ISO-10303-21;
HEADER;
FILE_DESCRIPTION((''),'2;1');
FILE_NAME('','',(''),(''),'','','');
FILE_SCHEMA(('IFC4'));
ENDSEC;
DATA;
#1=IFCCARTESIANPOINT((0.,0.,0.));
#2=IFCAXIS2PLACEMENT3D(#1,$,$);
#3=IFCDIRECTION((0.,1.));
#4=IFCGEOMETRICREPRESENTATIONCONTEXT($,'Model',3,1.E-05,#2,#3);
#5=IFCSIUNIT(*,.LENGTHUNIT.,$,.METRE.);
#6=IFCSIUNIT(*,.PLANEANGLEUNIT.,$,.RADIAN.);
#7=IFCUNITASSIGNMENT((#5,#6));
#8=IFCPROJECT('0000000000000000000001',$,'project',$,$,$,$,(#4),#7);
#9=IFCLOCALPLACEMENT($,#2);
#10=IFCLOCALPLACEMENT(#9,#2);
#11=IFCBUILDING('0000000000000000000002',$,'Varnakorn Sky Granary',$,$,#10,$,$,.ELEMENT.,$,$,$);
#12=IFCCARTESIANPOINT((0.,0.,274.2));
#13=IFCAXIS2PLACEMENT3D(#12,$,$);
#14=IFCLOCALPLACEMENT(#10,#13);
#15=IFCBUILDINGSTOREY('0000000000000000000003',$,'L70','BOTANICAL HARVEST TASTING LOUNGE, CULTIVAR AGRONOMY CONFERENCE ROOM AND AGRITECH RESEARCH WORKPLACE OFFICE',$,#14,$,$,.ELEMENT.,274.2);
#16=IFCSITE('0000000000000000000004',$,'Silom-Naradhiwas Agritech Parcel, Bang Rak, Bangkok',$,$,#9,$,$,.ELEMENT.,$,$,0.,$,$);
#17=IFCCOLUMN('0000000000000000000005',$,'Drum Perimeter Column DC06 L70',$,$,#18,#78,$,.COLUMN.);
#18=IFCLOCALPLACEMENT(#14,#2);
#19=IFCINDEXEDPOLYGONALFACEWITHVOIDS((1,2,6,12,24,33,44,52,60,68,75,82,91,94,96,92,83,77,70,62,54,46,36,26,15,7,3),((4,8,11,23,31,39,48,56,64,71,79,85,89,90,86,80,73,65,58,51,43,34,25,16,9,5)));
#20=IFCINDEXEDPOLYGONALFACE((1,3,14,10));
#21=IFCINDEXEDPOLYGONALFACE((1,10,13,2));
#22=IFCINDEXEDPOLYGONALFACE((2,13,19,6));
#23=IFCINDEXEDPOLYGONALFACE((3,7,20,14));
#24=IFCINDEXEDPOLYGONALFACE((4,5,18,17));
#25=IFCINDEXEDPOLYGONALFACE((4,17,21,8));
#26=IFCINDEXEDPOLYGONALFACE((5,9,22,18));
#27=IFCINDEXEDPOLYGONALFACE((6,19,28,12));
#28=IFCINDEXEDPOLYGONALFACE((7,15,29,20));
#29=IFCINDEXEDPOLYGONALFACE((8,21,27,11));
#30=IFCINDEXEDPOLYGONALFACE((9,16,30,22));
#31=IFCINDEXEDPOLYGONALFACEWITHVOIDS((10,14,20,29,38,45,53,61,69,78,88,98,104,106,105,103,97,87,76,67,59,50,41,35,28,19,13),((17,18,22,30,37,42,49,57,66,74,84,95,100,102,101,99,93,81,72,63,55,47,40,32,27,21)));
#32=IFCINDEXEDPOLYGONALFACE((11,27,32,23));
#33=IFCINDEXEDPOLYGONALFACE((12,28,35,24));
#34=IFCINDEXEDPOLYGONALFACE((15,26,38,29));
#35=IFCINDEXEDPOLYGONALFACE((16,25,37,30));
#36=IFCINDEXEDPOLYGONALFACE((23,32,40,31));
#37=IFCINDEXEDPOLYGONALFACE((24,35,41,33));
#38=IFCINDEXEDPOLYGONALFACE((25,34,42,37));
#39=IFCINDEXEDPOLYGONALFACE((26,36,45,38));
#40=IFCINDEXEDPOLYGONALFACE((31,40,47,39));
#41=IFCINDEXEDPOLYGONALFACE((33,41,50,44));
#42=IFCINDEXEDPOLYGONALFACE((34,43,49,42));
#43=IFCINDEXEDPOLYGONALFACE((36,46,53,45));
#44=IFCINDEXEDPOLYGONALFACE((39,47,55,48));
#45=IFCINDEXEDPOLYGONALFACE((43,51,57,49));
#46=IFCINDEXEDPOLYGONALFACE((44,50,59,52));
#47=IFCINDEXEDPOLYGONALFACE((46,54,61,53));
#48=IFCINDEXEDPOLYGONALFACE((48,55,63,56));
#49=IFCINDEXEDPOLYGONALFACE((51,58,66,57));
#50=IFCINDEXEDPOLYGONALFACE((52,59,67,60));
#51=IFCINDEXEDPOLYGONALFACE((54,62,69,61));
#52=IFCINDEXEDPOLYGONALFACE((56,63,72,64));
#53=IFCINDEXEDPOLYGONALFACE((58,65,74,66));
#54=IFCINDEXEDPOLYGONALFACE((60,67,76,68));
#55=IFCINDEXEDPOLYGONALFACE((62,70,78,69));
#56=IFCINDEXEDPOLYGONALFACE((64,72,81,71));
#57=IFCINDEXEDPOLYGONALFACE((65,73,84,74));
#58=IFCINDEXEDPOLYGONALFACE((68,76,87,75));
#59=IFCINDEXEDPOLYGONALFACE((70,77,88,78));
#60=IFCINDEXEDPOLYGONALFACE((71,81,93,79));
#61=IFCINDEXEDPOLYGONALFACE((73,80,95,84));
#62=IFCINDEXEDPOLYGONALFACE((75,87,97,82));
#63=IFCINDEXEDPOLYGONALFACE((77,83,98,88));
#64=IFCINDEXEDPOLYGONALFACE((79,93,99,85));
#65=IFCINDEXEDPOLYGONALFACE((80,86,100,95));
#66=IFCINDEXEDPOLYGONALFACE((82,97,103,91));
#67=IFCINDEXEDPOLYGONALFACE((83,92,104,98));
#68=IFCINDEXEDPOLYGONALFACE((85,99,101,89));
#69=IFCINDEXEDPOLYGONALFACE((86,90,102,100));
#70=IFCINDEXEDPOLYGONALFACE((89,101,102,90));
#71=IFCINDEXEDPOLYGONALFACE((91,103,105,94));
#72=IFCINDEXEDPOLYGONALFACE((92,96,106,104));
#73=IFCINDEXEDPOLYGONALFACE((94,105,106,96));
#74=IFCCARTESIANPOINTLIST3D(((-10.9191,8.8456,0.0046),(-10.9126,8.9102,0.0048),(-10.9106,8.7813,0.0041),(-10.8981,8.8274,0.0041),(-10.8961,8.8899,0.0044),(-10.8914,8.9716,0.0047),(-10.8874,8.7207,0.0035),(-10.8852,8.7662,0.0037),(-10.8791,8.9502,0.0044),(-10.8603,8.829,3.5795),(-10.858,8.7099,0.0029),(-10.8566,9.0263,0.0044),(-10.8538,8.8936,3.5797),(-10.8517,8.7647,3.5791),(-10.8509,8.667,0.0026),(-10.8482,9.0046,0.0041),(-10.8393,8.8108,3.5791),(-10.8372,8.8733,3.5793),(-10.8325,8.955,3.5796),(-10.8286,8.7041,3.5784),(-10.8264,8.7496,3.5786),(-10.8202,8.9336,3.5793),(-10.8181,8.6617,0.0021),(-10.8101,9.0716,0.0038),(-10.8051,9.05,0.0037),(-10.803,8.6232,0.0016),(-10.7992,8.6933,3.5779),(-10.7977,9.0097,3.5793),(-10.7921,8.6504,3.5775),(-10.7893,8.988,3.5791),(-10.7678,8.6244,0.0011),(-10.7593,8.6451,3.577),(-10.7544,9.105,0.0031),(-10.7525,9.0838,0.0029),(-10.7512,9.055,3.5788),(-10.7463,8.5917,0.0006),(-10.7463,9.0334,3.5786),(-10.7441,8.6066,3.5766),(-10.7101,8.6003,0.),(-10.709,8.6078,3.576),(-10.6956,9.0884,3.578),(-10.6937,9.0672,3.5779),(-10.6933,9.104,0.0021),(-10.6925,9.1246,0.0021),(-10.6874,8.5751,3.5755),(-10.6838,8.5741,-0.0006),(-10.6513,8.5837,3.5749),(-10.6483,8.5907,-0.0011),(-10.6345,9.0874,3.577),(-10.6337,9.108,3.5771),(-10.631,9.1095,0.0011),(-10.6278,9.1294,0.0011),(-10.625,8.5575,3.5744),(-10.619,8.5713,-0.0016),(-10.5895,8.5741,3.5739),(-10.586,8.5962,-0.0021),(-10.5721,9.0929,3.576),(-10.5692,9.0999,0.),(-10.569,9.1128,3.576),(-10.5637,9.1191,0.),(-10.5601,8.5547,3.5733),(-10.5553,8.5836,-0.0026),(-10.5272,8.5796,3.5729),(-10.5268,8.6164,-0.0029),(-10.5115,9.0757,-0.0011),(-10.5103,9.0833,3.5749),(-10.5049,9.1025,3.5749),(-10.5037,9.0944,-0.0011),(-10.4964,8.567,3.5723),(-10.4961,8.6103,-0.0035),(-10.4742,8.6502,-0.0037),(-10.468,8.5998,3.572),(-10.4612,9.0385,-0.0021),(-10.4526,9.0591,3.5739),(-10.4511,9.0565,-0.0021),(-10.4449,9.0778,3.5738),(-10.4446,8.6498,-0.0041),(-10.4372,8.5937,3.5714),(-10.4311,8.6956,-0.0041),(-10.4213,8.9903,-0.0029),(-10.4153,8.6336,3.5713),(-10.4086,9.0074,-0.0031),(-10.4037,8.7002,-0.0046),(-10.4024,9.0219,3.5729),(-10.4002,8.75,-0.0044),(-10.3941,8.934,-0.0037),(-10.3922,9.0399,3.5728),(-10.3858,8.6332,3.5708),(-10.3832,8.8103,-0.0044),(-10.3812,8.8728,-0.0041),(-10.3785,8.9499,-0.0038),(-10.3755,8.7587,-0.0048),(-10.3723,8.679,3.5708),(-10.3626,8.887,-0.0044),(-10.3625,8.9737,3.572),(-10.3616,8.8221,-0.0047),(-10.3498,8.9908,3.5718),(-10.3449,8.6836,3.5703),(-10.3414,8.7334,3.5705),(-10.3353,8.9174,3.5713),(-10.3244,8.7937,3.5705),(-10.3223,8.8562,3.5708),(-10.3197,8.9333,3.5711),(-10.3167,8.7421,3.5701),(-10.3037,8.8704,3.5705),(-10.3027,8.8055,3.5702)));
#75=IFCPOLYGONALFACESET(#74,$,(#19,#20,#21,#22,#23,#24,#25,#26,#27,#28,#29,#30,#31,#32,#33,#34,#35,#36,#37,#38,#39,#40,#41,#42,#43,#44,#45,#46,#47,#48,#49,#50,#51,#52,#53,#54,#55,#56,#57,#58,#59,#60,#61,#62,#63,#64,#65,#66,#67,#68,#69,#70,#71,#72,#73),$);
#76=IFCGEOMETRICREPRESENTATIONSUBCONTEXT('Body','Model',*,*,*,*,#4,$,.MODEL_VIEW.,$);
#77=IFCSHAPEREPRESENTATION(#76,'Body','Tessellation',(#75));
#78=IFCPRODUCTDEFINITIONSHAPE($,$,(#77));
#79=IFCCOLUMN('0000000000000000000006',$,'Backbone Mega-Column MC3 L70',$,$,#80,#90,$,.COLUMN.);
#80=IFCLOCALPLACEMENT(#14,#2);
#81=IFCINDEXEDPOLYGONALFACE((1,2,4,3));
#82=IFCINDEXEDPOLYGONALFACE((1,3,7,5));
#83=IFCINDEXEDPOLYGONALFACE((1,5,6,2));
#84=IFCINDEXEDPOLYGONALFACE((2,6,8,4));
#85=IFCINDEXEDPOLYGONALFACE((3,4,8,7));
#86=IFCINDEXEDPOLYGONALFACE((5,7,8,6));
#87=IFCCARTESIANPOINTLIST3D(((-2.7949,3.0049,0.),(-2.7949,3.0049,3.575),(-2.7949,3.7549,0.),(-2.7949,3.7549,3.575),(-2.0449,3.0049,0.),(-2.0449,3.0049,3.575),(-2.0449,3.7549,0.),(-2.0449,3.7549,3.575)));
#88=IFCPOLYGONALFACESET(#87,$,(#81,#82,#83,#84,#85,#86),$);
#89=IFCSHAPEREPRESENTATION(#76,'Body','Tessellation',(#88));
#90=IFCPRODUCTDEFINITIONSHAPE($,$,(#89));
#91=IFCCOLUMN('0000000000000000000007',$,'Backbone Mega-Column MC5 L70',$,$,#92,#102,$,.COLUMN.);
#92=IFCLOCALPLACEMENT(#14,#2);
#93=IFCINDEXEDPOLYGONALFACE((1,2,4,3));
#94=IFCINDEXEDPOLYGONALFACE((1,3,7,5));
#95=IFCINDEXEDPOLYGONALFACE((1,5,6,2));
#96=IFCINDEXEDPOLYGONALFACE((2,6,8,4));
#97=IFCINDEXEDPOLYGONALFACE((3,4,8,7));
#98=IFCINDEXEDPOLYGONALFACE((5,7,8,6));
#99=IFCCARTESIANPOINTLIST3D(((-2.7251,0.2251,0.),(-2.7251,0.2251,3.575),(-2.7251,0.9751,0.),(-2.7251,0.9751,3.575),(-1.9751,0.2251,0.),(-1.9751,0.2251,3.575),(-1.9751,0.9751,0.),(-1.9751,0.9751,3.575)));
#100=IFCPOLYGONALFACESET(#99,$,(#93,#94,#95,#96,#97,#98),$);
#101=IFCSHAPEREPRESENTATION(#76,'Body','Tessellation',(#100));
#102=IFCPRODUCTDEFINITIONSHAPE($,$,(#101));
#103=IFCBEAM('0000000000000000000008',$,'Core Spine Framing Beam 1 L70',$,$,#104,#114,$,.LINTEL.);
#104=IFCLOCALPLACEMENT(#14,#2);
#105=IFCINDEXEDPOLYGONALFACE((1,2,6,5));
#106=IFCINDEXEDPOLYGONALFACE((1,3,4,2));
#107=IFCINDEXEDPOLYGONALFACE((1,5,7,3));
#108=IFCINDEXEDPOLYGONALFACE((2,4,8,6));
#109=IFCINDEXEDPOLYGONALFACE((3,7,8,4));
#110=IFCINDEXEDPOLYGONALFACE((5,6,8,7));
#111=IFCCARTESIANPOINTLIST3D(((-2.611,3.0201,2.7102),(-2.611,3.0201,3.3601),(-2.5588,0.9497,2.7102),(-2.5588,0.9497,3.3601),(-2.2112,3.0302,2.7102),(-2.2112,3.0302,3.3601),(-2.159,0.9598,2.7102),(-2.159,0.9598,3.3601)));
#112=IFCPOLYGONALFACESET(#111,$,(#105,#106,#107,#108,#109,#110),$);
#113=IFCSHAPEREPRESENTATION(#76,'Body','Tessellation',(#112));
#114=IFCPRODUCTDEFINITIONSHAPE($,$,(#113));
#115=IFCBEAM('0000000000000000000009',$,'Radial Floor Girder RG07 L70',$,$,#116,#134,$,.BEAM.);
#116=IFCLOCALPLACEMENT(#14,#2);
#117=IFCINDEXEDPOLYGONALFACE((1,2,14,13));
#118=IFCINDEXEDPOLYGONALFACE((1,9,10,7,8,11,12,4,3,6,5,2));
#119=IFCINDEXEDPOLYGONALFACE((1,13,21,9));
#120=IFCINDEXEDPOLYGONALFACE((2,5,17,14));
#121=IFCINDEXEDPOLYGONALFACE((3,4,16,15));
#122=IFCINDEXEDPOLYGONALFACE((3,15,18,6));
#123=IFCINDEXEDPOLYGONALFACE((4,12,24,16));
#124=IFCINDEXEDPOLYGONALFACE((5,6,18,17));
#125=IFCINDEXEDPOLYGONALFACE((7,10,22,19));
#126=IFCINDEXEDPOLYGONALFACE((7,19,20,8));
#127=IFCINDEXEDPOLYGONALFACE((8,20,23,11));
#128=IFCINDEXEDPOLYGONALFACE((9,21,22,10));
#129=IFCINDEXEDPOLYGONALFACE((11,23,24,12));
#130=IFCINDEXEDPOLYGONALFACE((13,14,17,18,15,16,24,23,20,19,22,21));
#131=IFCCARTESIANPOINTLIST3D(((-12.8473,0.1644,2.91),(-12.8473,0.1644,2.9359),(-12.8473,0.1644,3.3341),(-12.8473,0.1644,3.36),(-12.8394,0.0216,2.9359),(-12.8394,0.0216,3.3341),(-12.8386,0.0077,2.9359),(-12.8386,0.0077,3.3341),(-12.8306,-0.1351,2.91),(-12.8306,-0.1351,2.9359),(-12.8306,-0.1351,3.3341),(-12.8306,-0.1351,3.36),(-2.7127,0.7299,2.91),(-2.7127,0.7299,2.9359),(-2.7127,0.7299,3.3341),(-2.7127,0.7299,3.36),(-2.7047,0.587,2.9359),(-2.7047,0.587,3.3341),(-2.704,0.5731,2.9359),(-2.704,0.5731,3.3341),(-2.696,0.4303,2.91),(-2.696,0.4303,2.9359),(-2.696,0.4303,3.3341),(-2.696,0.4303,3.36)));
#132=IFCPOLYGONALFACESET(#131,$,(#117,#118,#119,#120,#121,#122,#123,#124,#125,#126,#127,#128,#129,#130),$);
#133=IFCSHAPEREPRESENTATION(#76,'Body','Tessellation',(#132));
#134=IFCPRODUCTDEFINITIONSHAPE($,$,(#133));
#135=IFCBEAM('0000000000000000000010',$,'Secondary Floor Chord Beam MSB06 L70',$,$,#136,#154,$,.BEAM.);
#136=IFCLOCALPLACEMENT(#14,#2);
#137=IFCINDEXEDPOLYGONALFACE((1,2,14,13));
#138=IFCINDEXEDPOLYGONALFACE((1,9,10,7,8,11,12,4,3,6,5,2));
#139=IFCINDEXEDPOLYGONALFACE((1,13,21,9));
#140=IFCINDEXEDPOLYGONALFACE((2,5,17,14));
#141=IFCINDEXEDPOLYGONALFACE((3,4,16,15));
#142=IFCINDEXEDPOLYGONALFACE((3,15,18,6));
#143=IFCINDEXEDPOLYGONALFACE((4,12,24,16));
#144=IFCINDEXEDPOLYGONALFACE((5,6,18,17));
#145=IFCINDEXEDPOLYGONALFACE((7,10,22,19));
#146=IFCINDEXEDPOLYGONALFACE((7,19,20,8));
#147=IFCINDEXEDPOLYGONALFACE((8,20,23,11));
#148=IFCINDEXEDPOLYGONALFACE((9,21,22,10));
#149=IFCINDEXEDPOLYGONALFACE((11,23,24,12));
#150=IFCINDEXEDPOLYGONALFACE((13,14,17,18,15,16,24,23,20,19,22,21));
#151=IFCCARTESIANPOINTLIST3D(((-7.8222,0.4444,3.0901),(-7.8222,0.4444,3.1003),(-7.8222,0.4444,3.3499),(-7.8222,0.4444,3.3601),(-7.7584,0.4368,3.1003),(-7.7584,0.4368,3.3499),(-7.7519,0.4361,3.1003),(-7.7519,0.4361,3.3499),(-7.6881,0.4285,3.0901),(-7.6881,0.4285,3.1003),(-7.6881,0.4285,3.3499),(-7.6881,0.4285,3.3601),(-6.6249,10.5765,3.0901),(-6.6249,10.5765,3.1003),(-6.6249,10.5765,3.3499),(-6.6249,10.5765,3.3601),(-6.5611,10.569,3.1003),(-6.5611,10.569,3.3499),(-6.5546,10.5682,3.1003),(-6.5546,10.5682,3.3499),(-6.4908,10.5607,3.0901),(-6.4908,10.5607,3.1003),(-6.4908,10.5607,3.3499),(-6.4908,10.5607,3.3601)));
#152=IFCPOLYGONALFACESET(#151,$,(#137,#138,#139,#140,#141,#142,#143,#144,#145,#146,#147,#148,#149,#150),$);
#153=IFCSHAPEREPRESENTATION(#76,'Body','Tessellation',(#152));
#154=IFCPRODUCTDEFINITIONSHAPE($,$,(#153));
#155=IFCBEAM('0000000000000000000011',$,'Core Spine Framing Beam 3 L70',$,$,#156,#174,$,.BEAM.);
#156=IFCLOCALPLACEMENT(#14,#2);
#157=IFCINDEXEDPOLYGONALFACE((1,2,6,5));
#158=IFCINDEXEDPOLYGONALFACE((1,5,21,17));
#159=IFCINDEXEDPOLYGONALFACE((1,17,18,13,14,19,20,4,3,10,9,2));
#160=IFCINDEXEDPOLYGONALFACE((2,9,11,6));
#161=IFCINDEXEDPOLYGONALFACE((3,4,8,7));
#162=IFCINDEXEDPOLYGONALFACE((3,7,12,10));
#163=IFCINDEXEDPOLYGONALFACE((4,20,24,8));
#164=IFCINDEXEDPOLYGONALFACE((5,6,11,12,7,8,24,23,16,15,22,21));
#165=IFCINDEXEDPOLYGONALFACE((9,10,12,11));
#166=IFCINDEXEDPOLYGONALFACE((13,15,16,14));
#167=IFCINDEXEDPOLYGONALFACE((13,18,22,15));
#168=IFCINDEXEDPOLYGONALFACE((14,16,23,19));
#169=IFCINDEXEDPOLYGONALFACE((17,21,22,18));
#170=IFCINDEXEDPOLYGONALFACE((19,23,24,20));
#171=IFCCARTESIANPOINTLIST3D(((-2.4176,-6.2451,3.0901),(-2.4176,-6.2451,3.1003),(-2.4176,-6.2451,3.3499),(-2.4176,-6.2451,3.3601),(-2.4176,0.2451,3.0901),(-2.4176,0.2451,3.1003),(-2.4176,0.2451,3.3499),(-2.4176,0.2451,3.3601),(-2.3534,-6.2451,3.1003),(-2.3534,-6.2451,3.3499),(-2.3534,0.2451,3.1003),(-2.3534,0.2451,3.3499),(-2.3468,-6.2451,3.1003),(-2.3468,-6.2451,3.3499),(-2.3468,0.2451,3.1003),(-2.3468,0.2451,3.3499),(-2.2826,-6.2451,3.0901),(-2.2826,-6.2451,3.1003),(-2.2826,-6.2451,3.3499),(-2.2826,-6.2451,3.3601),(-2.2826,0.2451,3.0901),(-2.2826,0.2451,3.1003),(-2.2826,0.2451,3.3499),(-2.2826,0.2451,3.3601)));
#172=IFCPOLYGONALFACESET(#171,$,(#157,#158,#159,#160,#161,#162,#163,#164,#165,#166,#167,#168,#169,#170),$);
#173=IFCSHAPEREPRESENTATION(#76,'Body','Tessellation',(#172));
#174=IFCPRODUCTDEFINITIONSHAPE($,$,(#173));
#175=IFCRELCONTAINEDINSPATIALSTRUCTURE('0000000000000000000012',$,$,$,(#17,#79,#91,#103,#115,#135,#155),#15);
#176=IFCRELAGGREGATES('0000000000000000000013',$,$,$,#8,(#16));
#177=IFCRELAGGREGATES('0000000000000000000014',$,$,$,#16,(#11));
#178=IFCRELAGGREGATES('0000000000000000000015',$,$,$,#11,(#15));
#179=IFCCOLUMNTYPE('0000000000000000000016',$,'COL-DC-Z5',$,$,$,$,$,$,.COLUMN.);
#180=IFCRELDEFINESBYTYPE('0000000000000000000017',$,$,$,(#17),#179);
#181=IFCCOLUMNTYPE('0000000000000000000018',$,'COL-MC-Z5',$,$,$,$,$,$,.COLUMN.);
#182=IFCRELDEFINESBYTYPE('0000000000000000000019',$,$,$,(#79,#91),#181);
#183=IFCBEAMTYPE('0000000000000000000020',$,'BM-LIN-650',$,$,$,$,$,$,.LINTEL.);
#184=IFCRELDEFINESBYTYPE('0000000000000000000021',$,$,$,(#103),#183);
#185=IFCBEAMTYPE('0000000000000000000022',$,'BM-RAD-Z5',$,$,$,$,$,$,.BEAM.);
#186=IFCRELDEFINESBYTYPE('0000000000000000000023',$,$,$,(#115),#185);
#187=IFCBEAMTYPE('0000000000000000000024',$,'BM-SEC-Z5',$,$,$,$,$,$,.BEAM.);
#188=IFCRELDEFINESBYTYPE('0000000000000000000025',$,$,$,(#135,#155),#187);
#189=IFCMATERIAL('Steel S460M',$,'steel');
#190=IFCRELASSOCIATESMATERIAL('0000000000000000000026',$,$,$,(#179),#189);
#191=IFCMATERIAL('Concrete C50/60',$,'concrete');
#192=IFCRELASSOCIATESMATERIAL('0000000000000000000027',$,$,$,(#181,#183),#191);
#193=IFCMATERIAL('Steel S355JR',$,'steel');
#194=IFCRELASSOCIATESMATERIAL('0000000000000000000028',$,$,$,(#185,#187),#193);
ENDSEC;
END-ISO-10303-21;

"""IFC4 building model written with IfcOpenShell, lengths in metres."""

from ifc_helpers import new_model, si_unit, direction, frame, origin, origin_2d, place, context, subcontext, project, spatial, rectangle, hollow_circle, i_section, extrude, material, material_profile, profile_set, type_object, element, save


model = new_model("IFC4")

# Units and contexts
model_context = context("Model", 3, precision=1e-05, world=origin(), true_north=direction((0.0, 1.0)))
body_context = subcontext(model_context, "Body", "Model", "MODEL_VIEW")
ifc_project = project(units=[si_unit("LENGTHUNIT", "METRE"), si_unit("PLANEANGLEUNIT", "RADIAN")], contexts=[model_context])

# Site, building, storey
site_placement = place(None, origin())
site = spatial("IfcSite", under=ifc_project, at=site_placement, Name="Silom-Naradhiwas Agritech Parcel, Bang Rak, Bangkok", CompositionType="ELEMENT", RefElevation=0.0)
building_placement = place(site_placement, origin())
building = spatial("IfcBuilding", under=site, at=building_placement, Name="Varnakorn Sky Granary", CompositionType="ELEMENT")
storey_placement = place(building_placement, frame((0.0, 0.0, 274.2)))
storey = spatial("IfcBuildingStorey", under=building, at=storey_placement, Name="L70", Description="BOTANICAL HARVEST TASTING LOUNGE, CULTIVAR AGRONOMY CONFERENCE ROOM AND AGRITECH RESEARCH WORKPLACE OFFICE", CompositionType="ELEMENT", Elevation=274.2)

# Columns
ifc_material_1 = material(Name="Steel S460M", Category="steel")
ifc_material_profile_1 = material_profile(ifc_material_1, hollow_circle(Radius=0.2795, WallThickness=0.02, at=origin_2d()), Name="CHS 559x20")
ifc_profile_set_1 = profile_set([ifc_material_profile_1], Name="Steel S460M")
column_type_1 = type_object("IfcColumnType", Name="COL-DC-Z5", PredefinedType="COLUMN", material=ifc_profile_set_1)
column_placement = place(storey_placement, frame((-10.6396, 8.8501, 0.0), z_axis=(0.016456, -0.004643, 0.999854), x_axis=(0.271555, 0.962423, 0.0)))
element("IfcColumn", 1, at=column_placement, inside=storey, type_object=column_type_1, Name="Drum Perimeter Column DC06 L70", PredefinedType="COLUMN", context=body_context, shape_type="SweptSolid", body=[
    extrude(hollow_circle(Radius=0.2795, WallThickness=0.02, at=origin_2d()), origin(), (0.0, 0.0, 1.0), 3.5754),
])
ifc_material_2 = material(Name="Concrete C50/60", Category="concrete")
ifc_material_profile_2 = material_profile(ifc_material_2, rectangle(XDim=0.75, YDim=0.75, at=origin_2d()), Name="RC 750x750")
ifc_profile_set_2 = profile_set([ifc_material_profile_2], Name="Concrete C50/60")
column_type_2 = type_object("IfcColumnType", Name="COL-MC-Z5", PredefinedType="COLUMN", material=ifc_profile_set_2)
for number, where, z_axis, x_axis, name in (
    (2, (-2.4199, 3.3799, 0.0), (0.0, 0.0, 1.0), (1.0, 0.0, 0.0), "Backbone Mega-Column MC3 L70"),
    (3, (-2.3501, 0.6001, 0.0), (0.0, 0.0, 1.0), (1.0, 0.0, 0.0), "Backbone Mega-Column MC5 L70"),
):
    element("IfcColumn", number, at=place(storey_placement, frame(where, z_axis=z_axis, x_axis=x_axis)), inside=storey, type_object=column_type_2, Name=name, PredefinedType="COLUMN", context=body_context, shape_type="SweptSolid", body=[
        extrude(rectangle(XDim=0.75, YDim=0.75, at=origin_2d()), origin(), (0.0, 0.0, 1.0), 3.575),
    ])

# Beams
ifc_material_profile_3 = material_profile(ifc_material_2, rectangle(XDim=0.3999, YDim=0.6499, at=origin_2d()), Name="RC 400x650")
ifc_profile_set_3 = profile_set([ifc_material_profile_3], Name="Concrete C50/60")
beam_type_1 = type_object("IfcBeamType", Name="BM-LIN-650", PredefinedType="LINTEL", material=ifc_profile_set_3)
beam_1_placement = place(storey_placement, frame((-2.4111, 3.0251, 3.0352), z_axis=(0.025228, -0.999682, 0.0), x_axis=(0.999682, 0.025228, 0.0)))
element("IfcBeam", 4, at=beam_1_placement, inside=storey, type_object=beam_type_1, Name="Core Spine Framing Beam 1 L70", PredefinedType="LINTEL", context=body_context, shape_type="SweptSolid", body=[
    extrude(rectangle(XDim=0.3999, YDim=0.6499, at=origin_2d()), origin(), (0.0, 0.0, 1.0), 2.071),
])
ifc_material_3 = material(Name="Steel S355JR", Category="steel")
ifc_material_profile_4 = material_profile(ifc_material_3, i_section(OverallWidth=0.3, OverallDepth=0.45, WebThickness=0.0139, FlangeThickness=0.0259, at=origin_2d()), Name="HE 450 B")
ifc_profile_set_4 = profile_set([ifc_material_profile_4], Name="Steel S355JR")
beam_type_2 = type_object("IfcBeamType", Name="BM-RAD-Z5", PredefinedType="BEAM", material=ifc_profile_set_4)
beam_2_placement = place(storey_placement, frame((-2.7043, 0.5801, 3.135), z_axis=(-0.998447, -0.055706, 0.0), x_axis=(0.055706, -0.998447, 0.0)))
element("IfcBeam", 5, at=beam_2_placement, inside=storey, type_object=beam_type_2, Name="Radial Floor Girder RG07 L70", PredefinedType="BEAM", context=body_context, shape_type="SweptSolid", body=[
    extrude(i_section(OverallWidth=0.3, OverallDepth=0.45, WebThickness=0.0139, FlangeThickness=0.0259, at=origin_2d()), origin(), (0.0, 0.0, 1.0), 10.1504),
])
ifc_material_profile_5 = material_profile(ifc_material_3, i_section(OverallWidth=0.135, OverallDepth=0.27, WebThickness=0.0066, FlangeThickness=0.0103, at=origin_2d()), Name="IPE 270")
ifc_profile_set_5 = profile_set([ifc_material_profile_5], Name="Steel S355JR")
beam_type_3 = type_object("IfcBeamType", Name="BM-SEC-Z5", PredefinedType="BEAM", material=ifc_profile_set_5)
beam_3_placement = place(storey_placement, frame((-6.5579, 10.5686, 3.2251), z_axis=(-0.117349, -0.993091, 0.0), x_axis=(0.993091, -0.117349, 0.0)))
element("IfcBeam", 6, at=beam_3_placement, inside=storey, type_object=beam_type_3, Name="Secondary Floor Chord Beam MSB06 L70", PredefinedType="BEAM", context=body_context, shape_type="SweptSolid", body=[
    extrude(i_section(OverallWidth=0.135, OverallDepth=0.27, WebThickness=0.0066, FlangeThickness=0.0103, at=origin_2d()), origin(), (0.0, 0.0, 1.0), 10.2026),
])
beam_4_placement = place(storey_placement, frame((-2.3501, 0.2451, 3.2251), z_axis=(0.0, -1.0, 0.0), x_axis=(1.0, 0.0, 0.0)))
element("IfcBeam", 7, at=beam_4_placement, inside=storey, type_object=beam_type_3, Name="Core Spine Framing Beam 3 L70", PredefinedType="BEAM", context=body_context, shape_type="SweptSolid", body=[
    extrude(i_section(OverallWidth=0.135, OverallDepth=0.27, WebThickness=0.0066, FlangeThickness=0.0103, at=origin_2d()), origin(), (0.0, 0.0, 1.0), 6.4902),
])

save(model, "model.ifc")
